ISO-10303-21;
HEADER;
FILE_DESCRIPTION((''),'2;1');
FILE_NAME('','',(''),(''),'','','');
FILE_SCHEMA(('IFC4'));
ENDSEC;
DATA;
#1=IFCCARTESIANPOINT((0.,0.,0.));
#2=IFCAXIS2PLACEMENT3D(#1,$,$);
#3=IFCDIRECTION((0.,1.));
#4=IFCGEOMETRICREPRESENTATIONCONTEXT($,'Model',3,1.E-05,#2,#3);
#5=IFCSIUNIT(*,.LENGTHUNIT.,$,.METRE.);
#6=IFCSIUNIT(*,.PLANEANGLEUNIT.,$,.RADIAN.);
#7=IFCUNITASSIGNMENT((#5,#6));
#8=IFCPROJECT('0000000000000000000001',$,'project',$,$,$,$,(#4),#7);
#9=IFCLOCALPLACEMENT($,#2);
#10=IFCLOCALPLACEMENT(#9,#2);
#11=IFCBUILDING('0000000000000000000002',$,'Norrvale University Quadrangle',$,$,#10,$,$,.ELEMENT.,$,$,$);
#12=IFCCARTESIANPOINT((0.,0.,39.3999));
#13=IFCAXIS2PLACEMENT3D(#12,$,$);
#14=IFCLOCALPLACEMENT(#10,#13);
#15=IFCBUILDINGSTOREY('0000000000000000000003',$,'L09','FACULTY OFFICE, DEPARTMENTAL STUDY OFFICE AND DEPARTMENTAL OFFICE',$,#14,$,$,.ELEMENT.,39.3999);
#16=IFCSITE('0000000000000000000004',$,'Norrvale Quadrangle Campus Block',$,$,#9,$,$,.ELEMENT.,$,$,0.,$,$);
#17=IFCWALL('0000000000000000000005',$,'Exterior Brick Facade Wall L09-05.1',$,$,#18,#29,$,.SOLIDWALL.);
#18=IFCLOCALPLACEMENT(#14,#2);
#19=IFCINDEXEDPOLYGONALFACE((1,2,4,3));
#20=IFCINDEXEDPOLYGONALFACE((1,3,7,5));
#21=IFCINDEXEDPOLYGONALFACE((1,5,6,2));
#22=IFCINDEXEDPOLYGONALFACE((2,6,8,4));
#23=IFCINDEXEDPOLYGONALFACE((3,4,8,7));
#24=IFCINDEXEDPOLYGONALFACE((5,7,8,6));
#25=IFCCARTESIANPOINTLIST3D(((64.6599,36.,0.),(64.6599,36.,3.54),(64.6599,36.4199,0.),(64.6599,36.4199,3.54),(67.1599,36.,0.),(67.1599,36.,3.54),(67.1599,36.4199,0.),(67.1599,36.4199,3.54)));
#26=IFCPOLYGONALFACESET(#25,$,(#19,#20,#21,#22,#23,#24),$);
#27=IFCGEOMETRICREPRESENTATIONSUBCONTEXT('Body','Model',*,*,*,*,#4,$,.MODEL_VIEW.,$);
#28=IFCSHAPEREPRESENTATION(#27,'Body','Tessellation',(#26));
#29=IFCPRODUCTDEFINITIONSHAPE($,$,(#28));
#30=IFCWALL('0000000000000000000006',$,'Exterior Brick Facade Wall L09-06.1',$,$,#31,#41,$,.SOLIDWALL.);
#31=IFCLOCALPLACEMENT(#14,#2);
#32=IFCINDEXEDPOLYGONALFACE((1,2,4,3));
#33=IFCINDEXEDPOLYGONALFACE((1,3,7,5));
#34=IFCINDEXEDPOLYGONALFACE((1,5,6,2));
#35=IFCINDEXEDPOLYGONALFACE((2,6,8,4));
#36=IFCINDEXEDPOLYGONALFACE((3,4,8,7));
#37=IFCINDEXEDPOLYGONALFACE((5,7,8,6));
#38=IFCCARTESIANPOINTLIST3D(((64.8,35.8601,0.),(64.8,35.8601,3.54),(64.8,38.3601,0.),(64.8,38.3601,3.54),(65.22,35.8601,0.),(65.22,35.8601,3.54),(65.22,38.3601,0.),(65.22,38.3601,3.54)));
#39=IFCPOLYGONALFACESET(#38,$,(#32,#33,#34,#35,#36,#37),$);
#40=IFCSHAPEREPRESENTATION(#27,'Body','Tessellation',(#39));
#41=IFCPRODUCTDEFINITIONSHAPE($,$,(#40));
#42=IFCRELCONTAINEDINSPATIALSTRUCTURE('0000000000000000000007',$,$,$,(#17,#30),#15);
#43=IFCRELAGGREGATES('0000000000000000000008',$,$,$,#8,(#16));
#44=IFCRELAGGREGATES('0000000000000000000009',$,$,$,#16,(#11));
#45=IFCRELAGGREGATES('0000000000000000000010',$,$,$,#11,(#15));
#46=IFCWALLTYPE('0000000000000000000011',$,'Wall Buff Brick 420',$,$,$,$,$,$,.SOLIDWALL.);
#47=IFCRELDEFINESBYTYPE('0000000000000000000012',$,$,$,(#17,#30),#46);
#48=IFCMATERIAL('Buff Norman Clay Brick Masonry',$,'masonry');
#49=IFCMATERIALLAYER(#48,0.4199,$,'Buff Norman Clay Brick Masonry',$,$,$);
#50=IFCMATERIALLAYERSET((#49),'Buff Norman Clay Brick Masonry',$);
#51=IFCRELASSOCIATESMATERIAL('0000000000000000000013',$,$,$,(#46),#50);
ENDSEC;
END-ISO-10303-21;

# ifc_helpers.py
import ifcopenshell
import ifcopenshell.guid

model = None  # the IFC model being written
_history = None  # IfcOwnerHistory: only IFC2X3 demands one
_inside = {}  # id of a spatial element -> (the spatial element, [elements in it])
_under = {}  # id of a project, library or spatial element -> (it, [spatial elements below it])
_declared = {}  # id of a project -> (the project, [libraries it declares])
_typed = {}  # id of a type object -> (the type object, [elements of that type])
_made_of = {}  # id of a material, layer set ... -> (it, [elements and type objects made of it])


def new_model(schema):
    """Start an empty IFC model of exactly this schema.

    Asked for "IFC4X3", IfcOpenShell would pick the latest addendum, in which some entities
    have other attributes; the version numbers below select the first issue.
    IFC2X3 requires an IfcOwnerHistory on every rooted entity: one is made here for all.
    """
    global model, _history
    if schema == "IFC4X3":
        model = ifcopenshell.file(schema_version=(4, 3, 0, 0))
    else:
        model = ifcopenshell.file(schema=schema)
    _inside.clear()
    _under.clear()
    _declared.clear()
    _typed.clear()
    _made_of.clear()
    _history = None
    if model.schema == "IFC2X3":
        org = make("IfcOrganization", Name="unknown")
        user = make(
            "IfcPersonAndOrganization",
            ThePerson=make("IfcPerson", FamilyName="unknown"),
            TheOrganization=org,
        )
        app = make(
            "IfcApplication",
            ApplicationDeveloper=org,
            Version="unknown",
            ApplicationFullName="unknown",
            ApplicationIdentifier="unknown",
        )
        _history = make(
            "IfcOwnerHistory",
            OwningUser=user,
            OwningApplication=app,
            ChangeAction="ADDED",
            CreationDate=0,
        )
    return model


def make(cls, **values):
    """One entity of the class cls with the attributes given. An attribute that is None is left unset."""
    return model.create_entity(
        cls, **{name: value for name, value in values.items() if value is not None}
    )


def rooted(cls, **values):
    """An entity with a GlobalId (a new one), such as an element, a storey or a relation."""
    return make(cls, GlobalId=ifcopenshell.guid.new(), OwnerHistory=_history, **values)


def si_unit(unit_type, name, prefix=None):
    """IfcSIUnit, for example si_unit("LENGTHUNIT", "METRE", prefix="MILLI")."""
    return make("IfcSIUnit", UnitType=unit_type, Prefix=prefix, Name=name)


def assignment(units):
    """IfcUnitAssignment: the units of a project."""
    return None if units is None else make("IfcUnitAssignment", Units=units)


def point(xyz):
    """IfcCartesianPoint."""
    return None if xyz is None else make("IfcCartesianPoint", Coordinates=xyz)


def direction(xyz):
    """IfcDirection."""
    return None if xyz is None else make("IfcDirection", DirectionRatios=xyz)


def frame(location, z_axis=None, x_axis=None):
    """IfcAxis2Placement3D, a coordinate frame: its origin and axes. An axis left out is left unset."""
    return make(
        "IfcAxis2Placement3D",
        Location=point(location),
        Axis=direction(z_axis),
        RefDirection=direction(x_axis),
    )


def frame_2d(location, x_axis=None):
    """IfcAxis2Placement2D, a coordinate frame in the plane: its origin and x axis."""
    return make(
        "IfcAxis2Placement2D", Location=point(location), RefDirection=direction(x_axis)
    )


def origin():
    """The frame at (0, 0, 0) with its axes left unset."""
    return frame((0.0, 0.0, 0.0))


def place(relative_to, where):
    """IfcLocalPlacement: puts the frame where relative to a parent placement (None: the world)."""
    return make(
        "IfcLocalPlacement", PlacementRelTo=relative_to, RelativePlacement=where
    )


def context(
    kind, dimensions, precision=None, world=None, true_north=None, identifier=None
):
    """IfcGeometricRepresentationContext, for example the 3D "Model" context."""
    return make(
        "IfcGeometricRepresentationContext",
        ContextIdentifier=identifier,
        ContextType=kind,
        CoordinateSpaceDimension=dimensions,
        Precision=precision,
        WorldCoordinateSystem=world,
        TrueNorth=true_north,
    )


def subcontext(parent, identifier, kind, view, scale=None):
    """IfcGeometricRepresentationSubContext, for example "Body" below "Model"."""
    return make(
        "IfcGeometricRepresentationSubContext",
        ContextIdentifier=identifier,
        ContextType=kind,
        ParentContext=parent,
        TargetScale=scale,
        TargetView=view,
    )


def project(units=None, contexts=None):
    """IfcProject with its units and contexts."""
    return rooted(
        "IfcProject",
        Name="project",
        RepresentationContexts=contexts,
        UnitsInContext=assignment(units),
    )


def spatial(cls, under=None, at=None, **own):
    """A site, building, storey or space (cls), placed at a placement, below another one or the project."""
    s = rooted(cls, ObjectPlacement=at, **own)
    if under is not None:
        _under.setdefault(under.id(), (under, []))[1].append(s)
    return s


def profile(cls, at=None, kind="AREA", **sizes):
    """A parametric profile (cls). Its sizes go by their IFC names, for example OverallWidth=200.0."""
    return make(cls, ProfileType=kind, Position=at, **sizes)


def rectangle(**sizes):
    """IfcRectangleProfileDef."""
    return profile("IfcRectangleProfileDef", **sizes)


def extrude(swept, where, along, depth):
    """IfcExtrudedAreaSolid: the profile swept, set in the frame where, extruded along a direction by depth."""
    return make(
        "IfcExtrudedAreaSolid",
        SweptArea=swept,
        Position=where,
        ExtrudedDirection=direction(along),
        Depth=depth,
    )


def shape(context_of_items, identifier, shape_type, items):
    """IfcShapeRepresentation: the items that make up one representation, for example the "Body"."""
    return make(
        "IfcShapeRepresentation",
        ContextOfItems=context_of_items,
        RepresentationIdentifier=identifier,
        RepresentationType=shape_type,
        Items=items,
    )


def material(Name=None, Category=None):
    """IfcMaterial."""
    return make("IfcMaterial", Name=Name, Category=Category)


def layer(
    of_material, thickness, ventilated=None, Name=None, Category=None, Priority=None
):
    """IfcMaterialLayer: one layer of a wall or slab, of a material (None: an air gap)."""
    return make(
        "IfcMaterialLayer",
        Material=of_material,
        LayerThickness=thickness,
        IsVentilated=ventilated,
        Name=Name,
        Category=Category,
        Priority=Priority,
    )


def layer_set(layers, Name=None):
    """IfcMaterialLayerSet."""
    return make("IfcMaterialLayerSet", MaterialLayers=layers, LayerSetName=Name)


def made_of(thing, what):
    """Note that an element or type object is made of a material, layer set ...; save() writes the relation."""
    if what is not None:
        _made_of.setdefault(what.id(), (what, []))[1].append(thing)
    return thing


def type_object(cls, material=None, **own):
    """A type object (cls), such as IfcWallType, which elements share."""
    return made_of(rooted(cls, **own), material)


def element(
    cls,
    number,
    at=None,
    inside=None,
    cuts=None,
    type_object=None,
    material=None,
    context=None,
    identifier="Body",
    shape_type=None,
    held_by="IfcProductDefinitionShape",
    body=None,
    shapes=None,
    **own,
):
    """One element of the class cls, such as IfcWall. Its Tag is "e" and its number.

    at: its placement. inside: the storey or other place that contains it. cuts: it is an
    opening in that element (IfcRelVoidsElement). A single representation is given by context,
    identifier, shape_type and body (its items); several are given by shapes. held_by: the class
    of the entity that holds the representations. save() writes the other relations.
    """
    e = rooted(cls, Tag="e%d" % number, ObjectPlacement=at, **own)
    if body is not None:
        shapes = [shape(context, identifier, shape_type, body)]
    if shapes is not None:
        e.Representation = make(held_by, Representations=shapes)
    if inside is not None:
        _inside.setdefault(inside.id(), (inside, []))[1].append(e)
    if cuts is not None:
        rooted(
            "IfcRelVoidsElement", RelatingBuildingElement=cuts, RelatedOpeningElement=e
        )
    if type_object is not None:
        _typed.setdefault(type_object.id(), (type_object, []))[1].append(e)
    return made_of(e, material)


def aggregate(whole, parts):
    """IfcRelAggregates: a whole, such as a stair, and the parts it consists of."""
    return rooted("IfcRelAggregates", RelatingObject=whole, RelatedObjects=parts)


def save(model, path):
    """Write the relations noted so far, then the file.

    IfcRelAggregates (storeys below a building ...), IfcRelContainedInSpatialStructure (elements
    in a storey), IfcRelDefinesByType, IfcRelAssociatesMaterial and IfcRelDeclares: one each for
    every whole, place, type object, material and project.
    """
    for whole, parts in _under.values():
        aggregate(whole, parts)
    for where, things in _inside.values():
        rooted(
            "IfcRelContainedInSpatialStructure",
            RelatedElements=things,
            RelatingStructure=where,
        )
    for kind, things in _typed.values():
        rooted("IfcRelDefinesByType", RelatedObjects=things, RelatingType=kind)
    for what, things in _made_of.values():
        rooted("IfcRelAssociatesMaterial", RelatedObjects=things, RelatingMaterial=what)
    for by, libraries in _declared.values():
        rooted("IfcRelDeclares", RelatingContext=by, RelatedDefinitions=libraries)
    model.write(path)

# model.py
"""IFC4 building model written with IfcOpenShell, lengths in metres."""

from ifc_helpers import new_model, si_unit, direction, frame, frame_2d, origin, place, context, subcontext, project, spatial, rectangle, extrude, material, layer, layer_set, type_object, element, save


model = new_model("IFC4")

# Units and contexts
model_context = context("Model", 3, precision=1e-05, world=origin(), true_north=direction((0.0, 1.0)))
body_context = subcontext(model_context, "Body", "Model", "MODEL_VIEW")
ifc_project = project(units=[si_unit("LENGTHUNIT", "METRE"), si_unit("PLANEANGLEUNIT", "RADIAN")], contexts=[model_context])

# Site, building, storey
site_placement = place(None, origin())
site = spatial("IfcSite", under=ifc_project, at=site_placement, Name="Norrvale Quadrangle Campus Block", CompositionType="ELEMENT", RefElevation=0.0)
building_placement = place(site_placement, origin())
building = spatial("IfcBuilding", under=site, at=building_placement, Name="Norrvale University Quadrangle", CompositionType="ELEMENT")
storey_placement = place(building_placement, frame((0.0, 0.0, 39.3999)))
storey = spatial("IfcBuildingStorey", under=building, at=storey_placement, Name="L09", Description="FACULTY OFFICE, DEPARTMENTAL STUDY OFFICE AND DEPARTMENTAL OFFICE", CompositionType="ELEMENT", Elevation=39.3999)

# Walls
ifc_material_1 = material(Name="Buff Norman Clay Brick Masonry", Category="masonry")
ifc_layer = layer(ifc_material_1, 0.4199, Name="Buff Norman Clay Brick Masonry")
ifc_layer_set = layer_set([ifc_layer], Name="Buff Norman Clay Brick Masonry")
wall_type = type_object("IfcWallType", Name="Wall Buff Brick 420", PredefinedType="SOLIDWALL", material=ifc_layer_set)
for number, where, z_axis, x_axis, name in (
    (1, (67.1599, 36.21, 0.0), (0.0, 0.0, 1.0), (-1.0, 0.0, 0.0), "Exterior Brick Facade Wall L09-05.1"),
    (2, (65.01, 35.8601, 0.0), (0.0, 0.0, 1.0), (0.0, 1.0, 0.0), "Exterior Brick Facade Wall L09-06.1"),
):
    element("IfcWall", number, at=place(storey_placement, frame(where, z_axis=z_axis, x_axis=x_axis)), inside=storey, type_object=wall_type, Name=name, PredefinedType="SOLIDWALL", context=body_context, shape_type="SweptSolid", body=[
        extrude(rectangle(XDim=2.5, YDim=0.4199, at=frame_2d((1.25, 0.0))), origin(), (0.0, 0.0, 1.0), 3.54),
    ])

save(model, "model.ifc")
